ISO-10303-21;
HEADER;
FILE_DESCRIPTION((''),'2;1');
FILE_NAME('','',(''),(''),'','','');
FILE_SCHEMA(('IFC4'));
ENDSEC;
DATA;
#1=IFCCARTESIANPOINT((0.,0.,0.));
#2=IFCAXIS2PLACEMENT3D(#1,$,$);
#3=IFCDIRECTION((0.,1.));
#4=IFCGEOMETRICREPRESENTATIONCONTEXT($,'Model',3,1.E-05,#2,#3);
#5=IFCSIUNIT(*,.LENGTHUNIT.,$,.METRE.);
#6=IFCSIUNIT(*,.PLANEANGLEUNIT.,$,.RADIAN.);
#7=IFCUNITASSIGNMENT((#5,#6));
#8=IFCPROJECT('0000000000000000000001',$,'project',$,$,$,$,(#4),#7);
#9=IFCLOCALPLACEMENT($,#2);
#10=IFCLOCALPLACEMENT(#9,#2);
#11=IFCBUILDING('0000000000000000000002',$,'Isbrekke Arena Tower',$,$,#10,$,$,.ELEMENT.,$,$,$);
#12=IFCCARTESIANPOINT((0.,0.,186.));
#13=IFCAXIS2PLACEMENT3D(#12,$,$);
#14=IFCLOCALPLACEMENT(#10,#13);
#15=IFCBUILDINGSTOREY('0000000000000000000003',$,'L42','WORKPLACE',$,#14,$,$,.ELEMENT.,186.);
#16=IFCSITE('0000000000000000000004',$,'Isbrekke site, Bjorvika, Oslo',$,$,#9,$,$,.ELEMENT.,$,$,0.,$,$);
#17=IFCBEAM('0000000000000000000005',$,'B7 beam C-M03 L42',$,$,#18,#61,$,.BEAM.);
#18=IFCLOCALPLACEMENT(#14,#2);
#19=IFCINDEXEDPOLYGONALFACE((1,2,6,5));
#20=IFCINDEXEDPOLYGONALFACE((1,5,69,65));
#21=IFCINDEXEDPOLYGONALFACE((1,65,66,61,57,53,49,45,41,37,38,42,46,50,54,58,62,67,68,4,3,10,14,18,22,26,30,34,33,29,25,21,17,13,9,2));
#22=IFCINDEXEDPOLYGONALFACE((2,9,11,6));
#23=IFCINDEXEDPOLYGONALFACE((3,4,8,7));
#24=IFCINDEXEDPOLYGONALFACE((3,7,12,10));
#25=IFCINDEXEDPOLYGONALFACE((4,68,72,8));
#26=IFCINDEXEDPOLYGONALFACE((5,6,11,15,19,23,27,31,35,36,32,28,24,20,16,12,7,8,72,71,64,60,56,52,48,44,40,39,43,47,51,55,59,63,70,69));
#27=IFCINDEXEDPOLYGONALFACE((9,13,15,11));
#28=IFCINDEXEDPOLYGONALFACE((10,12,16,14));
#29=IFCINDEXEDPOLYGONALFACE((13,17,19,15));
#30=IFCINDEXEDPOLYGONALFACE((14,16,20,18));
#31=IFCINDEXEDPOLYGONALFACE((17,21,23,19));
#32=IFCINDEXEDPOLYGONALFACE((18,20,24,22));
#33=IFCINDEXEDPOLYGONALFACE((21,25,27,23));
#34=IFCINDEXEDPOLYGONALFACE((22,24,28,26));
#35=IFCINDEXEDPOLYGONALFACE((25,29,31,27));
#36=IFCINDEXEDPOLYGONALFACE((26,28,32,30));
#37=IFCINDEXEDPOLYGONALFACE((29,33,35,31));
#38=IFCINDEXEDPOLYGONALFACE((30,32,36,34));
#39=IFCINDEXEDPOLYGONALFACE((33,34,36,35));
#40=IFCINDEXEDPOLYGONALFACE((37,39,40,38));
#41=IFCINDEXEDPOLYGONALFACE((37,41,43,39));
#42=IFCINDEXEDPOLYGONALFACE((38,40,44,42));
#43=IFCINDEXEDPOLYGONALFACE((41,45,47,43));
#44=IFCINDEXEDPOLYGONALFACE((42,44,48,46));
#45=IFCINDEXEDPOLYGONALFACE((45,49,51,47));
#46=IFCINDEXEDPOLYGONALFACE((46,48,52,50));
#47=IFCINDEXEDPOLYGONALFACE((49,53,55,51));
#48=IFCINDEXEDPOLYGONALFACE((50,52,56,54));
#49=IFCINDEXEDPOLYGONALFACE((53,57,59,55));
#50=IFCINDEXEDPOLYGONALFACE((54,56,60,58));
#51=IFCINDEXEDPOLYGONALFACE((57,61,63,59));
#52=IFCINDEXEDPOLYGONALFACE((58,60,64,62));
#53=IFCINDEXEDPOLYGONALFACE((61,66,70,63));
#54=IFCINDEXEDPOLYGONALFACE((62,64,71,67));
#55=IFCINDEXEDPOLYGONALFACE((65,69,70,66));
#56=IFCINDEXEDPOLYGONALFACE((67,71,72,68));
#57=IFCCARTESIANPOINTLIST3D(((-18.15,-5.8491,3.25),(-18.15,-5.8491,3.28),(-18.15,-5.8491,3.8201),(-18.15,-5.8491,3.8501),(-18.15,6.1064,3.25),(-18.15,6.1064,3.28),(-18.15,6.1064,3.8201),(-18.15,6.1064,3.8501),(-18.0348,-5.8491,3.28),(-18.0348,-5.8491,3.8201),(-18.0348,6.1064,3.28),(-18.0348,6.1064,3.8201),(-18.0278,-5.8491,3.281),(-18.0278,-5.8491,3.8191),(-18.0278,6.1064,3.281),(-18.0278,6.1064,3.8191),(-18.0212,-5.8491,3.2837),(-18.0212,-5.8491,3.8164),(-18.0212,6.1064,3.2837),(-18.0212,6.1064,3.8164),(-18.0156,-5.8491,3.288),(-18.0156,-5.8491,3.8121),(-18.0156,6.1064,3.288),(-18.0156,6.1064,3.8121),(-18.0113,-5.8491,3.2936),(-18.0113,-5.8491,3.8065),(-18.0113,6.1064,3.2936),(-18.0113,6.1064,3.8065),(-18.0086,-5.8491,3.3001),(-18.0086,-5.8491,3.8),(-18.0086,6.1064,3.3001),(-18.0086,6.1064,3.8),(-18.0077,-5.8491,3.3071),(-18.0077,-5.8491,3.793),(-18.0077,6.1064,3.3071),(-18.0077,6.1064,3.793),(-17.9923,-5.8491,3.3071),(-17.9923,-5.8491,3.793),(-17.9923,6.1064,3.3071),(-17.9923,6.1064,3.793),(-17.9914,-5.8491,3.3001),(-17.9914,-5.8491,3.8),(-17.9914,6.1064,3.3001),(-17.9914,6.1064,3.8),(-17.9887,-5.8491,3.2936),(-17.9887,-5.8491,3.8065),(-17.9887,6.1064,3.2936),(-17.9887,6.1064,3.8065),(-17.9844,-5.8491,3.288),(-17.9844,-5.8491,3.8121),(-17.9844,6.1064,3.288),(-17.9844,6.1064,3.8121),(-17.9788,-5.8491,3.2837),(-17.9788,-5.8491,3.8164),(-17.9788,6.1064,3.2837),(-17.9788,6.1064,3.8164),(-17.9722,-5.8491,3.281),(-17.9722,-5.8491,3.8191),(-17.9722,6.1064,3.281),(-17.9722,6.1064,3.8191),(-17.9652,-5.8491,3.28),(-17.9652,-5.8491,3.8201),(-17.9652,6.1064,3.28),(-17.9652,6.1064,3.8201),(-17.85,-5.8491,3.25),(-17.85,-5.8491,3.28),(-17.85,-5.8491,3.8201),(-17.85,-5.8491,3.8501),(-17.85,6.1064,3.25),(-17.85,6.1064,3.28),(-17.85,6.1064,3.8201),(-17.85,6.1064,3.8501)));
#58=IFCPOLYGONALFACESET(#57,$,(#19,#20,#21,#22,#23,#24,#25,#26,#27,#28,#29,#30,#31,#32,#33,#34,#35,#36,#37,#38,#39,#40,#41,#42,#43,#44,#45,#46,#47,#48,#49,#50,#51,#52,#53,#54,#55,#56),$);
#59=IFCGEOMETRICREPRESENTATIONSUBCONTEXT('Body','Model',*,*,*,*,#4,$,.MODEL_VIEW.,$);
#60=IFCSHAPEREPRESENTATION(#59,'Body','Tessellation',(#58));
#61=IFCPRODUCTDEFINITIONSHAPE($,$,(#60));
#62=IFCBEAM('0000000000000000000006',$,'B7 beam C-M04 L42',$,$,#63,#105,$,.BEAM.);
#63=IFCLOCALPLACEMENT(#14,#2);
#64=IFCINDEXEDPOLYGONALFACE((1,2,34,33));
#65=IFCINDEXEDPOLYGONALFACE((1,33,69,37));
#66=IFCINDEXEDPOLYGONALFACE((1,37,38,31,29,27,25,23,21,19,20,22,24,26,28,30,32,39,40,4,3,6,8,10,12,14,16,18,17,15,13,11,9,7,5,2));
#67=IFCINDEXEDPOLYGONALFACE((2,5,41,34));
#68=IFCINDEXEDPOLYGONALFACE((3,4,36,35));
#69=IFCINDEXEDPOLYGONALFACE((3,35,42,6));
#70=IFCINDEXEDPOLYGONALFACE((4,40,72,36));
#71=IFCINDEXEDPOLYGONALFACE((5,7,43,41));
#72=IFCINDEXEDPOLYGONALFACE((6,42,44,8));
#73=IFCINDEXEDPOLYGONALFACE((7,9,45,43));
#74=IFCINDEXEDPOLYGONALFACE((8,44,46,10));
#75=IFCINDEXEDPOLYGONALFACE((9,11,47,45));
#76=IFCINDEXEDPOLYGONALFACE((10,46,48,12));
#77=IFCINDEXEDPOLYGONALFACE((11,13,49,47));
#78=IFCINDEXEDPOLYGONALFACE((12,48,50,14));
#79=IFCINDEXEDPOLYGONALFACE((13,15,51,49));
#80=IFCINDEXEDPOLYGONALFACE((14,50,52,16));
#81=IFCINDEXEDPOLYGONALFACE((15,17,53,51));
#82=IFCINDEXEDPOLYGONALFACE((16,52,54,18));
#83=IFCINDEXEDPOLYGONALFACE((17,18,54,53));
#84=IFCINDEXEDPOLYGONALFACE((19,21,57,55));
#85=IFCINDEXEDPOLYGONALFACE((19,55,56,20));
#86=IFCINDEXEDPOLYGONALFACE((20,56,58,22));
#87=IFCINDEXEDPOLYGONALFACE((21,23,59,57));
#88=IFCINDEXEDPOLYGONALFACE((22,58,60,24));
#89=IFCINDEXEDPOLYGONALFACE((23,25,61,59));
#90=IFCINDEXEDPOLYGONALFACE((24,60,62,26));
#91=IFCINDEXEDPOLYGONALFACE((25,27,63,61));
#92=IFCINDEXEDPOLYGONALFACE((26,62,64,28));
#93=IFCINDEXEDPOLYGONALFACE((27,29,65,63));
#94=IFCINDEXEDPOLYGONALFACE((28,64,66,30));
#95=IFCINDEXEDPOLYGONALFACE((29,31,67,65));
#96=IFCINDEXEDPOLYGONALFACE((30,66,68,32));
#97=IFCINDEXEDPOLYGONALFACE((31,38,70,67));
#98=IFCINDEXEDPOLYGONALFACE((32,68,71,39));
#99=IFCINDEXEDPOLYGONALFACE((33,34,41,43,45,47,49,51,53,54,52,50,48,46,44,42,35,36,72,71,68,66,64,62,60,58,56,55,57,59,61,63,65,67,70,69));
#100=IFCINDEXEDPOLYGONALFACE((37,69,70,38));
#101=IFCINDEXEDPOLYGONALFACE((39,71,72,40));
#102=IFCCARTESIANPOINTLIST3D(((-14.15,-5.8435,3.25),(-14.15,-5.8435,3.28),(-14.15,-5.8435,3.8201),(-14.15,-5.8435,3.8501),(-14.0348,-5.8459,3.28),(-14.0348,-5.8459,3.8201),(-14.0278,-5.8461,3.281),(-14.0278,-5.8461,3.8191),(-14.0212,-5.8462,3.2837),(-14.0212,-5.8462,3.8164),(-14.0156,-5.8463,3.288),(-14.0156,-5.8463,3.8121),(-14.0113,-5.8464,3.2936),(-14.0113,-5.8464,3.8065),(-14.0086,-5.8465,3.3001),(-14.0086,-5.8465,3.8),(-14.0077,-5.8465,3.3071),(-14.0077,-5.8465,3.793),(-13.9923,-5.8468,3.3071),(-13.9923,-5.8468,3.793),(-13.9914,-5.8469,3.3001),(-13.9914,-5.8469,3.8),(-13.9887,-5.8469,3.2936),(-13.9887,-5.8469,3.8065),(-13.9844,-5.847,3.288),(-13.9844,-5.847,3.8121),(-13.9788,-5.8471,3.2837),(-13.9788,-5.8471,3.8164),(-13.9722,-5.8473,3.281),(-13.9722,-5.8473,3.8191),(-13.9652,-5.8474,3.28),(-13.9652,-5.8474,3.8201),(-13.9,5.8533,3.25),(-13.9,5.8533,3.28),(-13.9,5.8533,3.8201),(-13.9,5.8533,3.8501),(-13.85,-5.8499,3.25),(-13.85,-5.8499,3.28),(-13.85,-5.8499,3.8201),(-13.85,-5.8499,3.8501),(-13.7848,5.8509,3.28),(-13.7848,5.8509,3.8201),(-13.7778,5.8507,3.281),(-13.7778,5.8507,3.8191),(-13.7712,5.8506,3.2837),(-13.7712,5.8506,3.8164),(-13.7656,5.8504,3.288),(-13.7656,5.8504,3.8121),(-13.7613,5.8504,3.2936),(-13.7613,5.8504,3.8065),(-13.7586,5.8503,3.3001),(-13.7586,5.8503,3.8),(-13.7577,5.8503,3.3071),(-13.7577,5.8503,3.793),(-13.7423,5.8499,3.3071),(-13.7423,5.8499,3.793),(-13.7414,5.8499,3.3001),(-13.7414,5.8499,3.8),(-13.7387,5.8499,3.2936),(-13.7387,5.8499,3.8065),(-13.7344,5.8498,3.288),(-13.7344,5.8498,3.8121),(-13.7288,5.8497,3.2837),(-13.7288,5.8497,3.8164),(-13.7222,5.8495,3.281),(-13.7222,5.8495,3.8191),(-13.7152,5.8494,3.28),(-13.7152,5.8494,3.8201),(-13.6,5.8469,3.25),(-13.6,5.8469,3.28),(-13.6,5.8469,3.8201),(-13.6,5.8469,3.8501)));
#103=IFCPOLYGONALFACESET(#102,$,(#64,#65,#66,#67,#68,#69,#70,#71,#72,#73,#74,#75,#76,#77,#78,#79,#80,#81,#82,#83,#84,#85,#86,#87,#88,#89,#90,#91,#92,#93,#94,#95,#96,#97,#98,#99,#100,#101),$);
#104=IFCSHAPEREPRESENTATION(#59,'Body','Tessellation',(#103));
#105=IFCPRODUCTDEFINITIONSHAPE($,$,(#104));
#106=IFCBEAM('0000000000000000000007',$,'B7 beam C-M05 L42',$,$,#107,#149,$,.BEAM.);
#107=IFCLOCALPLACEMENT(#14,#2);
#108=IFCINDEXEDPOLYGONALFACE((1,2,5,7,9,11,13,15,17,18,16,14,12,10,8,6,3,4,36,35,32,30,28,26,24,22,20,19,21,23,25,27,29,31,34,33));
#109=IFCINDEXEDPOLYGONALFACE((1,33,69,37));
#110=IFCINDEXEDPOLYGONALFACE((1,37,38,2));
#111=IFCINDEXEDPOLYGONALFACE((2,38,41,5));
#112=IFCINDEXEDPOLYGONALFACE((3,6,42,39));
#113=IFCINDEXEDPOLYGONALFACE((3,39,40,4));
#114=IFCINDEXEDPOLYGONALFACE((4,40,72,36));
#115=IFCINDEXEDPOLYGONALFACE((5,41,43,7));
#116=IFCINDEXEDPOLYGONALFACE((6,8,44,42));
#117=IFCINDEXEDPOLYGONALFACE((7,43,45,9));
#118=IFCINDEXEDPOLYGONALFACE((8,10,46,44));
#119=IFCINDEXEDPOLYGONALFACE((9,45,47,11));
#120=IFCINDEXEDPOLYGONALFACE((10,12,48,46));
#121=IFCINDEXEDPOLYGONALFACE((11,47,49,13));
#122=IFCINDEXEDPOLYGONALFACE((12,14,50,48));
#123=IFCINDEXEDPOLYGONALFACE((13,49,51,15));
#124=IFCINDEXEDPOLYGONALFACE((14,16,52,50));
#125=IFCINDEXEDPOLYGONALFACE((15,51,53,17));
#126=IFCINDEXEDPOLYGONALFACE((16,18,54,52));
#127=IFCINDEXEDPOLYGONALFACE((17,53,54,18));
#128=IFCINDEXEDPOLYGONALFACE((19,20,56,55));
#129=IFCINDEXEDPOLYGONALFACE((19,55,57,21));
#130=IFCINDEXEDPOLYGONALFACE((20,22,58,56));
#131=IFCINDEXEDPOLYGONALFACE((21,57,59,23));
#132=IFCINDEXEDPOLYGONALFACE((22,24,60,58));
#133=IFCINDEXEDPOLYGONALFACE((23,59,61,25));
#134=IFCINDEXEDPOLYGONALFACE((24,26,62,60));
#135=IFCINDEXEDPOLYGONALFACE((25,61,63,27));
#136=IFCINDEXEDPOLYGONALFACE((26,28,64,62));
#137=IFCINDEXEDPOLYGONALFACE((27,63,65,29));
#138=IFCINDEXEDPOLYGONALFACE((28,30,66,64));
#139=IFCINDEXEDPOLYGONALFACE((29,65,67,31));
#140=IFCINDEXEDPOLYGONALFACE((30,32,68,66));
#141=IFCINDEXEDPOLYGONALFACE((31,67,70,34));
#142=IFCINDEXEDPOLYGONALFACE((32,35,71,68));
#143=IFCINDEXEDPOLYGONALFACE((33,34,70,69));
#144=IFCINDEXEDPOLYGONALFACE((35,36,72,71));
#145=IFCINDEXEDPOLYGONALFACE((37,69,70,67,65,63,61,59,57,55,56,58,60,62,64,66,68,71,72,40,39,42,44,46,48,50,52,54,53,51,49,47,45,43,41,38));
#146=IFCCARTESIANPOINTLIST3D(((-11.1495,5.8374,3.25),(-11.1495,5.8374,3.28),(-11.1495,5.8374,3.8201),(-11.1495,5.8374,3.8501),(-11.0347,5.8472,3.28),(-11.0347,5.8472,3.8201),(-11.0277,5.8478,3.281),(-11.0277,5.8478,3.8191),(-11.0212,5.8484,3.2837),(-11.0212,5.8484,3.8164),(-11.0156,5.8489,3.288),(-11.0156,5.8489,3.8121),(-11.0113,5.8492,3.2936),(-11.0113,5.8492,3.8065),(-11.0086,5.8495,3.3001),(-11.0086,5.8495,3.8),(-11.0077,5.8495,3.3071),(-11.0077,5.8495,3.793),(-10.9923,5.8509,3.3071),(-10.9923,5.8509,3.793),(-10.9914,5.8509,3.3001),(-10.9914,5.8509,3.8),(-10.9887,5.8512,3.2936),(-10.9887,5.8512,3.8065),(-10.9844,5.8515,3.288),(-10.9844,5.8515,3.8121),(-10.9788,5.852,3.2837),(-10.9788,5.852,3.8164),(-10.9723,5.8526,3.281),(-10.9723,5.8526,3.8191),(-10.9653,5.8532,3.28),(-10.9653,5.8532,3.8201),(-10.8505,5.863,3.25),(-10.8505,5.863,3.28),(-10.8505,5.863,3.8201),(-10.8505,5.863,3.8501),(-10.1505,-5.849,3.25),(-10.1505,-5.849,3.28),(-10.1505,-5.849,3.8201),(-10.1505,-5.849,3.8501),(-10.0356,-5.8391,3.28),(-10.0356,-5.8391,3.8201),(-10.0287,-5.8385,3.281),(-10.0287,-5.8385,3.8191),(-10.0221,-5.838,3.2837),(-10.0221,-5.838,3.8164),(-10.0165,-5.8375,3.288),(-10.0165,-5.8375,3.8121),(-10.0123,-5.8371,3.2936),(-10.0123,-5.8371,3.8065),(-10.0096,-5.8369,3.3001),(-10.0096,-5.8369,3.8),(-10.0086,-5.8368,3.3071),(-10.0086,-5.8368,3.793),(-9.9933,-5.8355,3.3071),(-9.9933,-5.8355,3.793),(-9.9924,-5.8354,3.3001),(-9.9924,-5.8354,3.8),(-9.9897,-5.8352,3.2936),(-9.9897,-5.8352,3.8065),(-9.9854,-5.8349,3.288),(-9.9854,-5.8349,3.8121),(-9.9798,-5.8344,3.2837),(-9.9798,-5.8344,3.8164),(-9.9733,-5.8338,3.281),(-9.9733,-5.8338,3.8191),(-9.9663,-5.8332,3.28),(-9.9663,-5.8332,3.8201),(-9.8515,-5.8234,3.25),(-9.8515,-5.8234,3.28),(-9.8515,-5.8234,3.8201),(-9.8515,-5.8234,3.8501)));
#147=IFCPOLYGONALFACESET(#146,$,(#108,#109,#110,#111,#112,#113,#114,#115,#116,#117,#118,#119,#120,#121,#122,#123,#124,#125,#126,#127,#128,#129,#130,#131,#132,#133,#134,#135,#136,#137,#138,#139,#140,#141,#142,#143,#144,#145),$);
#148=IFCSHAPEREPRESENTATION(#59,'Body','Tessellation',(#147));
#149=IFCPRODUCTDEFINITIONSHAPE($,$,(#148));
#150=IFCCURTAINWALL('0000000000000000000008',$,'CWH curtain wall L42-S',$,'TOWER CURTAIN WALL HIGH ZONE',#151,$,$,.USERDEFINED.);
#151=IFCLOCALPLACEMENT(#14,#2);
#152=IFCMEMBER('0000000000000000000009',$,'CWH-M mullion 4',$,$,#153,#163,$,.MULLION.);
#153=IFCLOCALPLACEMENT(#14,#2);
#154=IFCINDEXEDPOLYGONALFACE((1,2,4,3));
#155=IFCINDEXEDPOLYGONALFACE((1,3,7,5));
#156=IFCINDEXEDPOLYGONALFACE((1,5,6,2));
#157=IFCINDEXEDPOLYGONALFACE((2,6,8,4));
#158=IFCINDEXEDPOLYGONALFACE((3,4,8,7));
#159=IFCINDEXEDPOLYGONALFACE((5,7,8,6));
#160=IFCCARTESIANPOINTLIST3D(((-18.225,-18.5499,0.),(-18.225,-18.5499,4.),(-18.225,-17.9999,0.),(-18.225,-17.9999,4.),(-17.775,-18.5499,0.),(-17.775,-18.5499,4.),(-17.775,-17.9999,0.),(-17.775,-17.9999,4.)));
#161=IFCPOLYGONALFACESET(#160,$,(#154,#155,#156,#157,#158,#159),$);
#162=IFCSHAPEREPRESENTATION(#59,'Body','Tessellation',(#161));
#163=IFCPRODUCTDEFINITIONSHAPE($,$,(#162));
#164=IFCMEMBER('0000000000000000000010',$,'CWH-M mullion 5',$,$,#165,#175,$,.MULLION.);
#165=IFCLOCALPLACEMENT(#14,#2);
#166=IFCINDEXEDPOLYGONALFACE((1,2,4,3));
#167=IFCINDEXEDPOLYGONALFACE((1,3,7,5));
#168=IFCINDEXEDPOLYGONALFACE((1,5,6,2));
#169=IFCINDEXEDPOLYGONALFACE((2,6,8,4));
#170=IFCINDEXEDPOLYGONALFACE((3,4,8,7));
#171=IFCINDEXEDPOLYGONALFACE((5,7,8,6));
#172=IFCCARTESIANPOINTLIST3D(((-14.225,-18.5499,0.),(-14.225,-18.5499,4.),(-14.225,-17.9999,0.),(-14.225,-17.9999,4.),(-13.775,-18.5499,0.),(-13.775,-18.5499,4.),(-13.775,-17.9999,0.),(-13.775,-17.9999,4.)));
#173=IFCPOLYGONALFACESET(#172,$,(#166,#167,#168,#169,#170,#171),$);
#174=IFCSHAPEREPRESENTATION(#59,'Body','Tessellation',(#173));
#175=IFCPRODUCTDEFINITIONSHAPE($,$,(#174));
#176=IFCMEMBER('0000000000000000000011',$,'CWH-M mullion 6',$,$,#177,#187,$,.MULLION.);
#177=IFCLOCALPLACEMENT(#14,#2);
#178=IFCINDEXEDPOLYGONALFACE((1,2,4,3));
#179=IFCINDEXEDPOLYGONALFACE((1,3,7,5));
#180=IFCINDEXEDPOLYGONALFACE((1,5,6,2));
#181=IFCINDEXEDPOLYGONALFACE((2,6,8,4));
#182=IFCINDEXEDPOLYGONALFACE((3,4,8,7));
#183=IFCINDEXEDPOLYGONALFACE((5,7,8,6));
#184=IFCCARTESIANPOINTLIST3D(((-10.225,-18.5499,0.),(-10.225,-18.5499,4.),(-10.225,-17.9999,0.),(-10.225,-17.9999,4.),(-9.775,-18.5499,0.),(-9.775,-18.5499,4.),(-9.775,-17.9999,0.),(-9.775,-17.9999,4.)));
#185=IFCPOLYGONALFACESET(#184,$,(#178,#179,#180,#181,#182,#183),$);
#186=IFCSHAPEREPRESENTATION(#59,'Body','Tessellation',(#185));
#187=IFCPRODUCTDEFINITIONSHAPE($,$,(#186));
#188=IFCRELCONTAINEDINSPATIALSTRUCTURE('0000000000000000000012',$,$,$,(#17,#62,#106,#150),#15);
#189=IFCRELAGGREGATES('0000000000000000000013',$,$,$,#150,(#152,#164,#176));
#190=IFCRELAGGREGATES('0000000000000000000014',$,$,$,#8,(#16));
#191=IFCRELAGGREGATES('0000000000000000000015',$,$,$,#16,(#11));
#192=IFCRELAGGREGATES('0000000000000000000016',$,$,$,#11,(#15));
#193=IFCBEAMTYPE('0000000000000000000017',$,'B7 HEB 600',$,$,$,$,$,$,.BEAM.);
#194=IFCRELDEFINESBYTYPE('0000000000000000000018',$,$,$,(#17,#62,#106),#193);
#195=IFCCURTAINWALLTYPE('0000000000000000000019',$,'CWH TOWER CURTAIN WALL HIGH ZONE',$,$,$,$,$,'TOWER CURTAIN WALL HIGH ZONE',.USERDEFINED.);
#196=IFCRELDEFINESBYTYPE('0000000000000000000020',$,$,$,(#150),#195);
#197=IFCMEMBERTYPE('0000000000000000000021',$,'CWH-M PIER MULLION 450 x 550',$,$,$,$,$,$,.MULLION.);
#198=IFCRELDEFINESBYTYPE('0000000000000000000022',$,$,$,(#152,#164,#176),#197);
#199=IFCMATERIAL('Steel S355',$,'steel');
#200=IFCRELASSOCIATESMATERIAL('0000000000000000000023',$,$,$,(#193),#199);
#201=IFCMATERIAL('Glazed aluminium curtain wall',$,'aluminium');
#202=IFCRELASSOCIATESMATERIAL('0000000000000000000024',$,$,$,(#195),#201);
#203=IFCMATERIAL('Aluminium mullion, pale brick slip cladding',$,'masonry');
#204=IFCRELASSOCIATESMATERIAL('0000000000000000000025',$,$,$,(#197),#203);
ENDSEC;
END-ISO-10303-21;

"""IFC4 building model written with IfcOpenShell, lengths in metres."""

from ifc_helpers import new_model, si_unit, direction, frame, origin, origin_2d, place, context, subcontext, project, spatial, rectangle, i_section, extrude, material, material_profile, profile_set, type_object, element, aggregate, save


model = new_model("IFC4")

# Units and contexts
model_context = context("Model", 3, precision=1e-05, world=origin(), true_north=direction((0.0, 1.0)))
body_context = subcontext(model_context, "Body", "Model", "MODEL_VIEW")
ifc_project = project(units=[si_unit("LENGTHUNIT", "METRE"), si_unit("PLANEANGLEUNIT", "RADIAN")], contexts=[model_context])

# Site, building, storey
site_placement = place(None, origin())
site = spatial("IfcSite", under=ifc_project, at=site_placement, Name="Isbrekke site, Bjorvika, Oslo", CompositionType="ELEMENT", RefElevation=0.0)
building_placement = place(site_placement, origin())
building = spatial("IfcBuilding", under=site, at=building_placement, Name="Isbrekke Arena Tower", CompositionType="ELEMENT")
storey_placement = place(building_placement, frame((0.0, 0.0, 186.0)))
storey = spatial("IfcBuildingStorey", under=building, at=storey_placement, Name="L42", Description="WORKPLACE", CompositionType="ELEMENT", Elevation=186.0)

# Beams
ifc_material_1 = material(Name="Steel S355", Category="steel")
ifc_material_profile_1 = material_profile(ifc_material_1, i_section(OverallWidth=0.3, OverallDepth=0.6001, WebThickness=0.0154, FlangeThickness=0.03, FilletRadius=0.0271, at=origin_2d()), Name="HEB 600")
ifc_profile_set_1 = profile_set([ifc_material_profile_1], Name="Steel S355")
beam_type_1 = type_object("IfcBeamType", Name="B7 HEB 600", PredefinedType="BEAM", material=ifc_profile_set_1)
beam_1_placement = place(storey_placement, frame((-18.0, -5.8491, 3.55), z_axis=(0.0, 1.0, 0.0), x_axis=(-1.0, 0.0, 0.0)))
element("IfcBeam", 1, at=beam_1_placement, inside=storey, type_object=beam_type_1, Name="B7 beam C-M03 L42", PredefinedType="BEAM", context=body_context, shape_type="SweptSolid", body=[
    extrude(i_section(OverallWidth=0.3, OverallDepth=0.6001, WebThickness=0.0154, FlangeThickness=0.03, FilletRadius=0.0271, at=origin_2d()), origin(), (0.0, 0.0, 1.0), 11.9556),
])
beam_2_placement = place(storey_placement, frame((-14.0, -5.8467, 3.55), z_axis=(0.021369, 0.999772, 0.0), x_axis=(-0.999772, 0.021369, 0.0)))
element("IfcBeam", 2, at=beam_2_placement, inside=storey, type_object=beam_type_1, Name="B7 beam C-M04 L42", PredefinedType="BEAM", context=body_context, shape_type="SweptSolid", body=[
    extrude(i_section(OverallWidth=0.3, OverallDepth=0.6001, WebThickness=0.0154, FlangeThickness=0.03, FilletRadius=0.0271, at=origin_2d()), origin(), (0.0, 0.0, 1.0), 11.6995),
])
beam_3_placement = place(storey_placement, frame((-10.001, -5.8362, 3.55), z_axis=(-0.085176, 0.996366, 0.0), x_axis=(-0.996366, -0.085176, 0.0)))
element("IfcBeam", 3, at=beam_3_placement, inside=storey, type_object=beam_type_1, Name="B7 beam C-M05 L42", PredefinedType="BEAM", context=body_context, shape_type="SweptSolid", body=[
    extrude(i_section(OverallWidth=0.3, OverallDepth=0.6001, WebThickness=0.0154, FlangeThickness=0.03, FilletRadius=0.0271, at=origin_2d()), origin(), (0.0, 0.0, 1.0), 11.729),
])

# Curtain wall, members
ifc_material_2 = material(Name="Glazed aluminium curtain wall", Category="aluminium")
curtain_wall_type = type_object("IfcCurtainWallType", Name="CWH TOWER CURTAIN WALL HIGH ZONE", ElementType="TOWER CURTAIN WALL HIGH ZONE", PredefinedType="USERDEFINED", material=ifc_material_2)
curtain_wall_placement = place(storey_placement, origin())
curtain_wall = element("IfcCurtainWall", 4, at=curtain_wall_placement, inside=storey, type_object=curtain_wall_type, Name="CWH curtain wall L42-S", ObjectType="TOWER CURTAIN WALL HIGH ZONE", PredefinedType="USERDEFINED")
ifc_material_3 = material(Name="Aluminium mullion, pale brick slip cladding", Category="masonry")
ifc_material_profile_2 = material_profile(ifc_material_3, rectangle(XDim=0.45, YDim=0.55, at=origin_2d()), Name="PIER 450X550")
ifc_profile_set_2 = profile_set([ifc_material_profile_2], Name="Aluminium mullion, pale brick slip cladding")
member_type_1 = type_object("IfcMemberType", Name="CWH-M PIER MULLION 450 x 550", PredefinedType="MULLION", material=ifc_profile_set_2)
member_1_placement = place(storey_placement, frame((-18.0, -18.2749, 0.0), z_axis=(0.0, 0.0, 1.0), x_axis=(1.0, 0.0, 0.0)))
member_1 = element("IfcMember", 5, at=member_1_placement, type_object=member_type_1, Name="CWH-M mullion 4", PredefinedType="MULLION", context=body_context, shape_type="SweptSolid", body=[
    extrude(rectangle(XDim=0.45, YDim=0.55, at=origin_2d()), origin(), (0.0, 0.0, 1.0), 4.0),
])
member_2_placement = place(storey_placement, frame((-14.0, -18.2749, 0.0), z_axis=(0.0, 0.0, 1.0), x_axis=(1.0, 0.0, 0.0)))
member_2 = element("IfcMember", 6, at=member_2_placement, type_object=member_type_1, Name="CWH-M mullion 5", PredefinedType="MULLION", context=body_context, shape_type="SweptSolid", body=[
    extrude(rectangle(XDim=0.45, YDim=0.55, at=origin_2d()), origin(), (0.0, 0.0, 1.0), 4.0),
])
member_3_placement = place(storey_placement, frame((-10.0, -18.2749, 0.0), z_axis=(0.0, 0.0, 1.0), x_axis=(1.0, 0.0, 0.0)))
member_3 = element("IfcMember", 7, at=member_3_placement, type_object=member_type_1, Name="CWH-M mullion 6", PredefinedType="MULLION", context=body_context, shape_type="SweptSolid", body=[
    extrude(rectangle(XDim=0.45, YDim=0.55, at=origin_2d()), origin(), (0.0, 0.0, 1.0), 4.0),
])

aggregate(curtain_wall, [member_1, member_2, member_3])

save(model, "model.ifc")
